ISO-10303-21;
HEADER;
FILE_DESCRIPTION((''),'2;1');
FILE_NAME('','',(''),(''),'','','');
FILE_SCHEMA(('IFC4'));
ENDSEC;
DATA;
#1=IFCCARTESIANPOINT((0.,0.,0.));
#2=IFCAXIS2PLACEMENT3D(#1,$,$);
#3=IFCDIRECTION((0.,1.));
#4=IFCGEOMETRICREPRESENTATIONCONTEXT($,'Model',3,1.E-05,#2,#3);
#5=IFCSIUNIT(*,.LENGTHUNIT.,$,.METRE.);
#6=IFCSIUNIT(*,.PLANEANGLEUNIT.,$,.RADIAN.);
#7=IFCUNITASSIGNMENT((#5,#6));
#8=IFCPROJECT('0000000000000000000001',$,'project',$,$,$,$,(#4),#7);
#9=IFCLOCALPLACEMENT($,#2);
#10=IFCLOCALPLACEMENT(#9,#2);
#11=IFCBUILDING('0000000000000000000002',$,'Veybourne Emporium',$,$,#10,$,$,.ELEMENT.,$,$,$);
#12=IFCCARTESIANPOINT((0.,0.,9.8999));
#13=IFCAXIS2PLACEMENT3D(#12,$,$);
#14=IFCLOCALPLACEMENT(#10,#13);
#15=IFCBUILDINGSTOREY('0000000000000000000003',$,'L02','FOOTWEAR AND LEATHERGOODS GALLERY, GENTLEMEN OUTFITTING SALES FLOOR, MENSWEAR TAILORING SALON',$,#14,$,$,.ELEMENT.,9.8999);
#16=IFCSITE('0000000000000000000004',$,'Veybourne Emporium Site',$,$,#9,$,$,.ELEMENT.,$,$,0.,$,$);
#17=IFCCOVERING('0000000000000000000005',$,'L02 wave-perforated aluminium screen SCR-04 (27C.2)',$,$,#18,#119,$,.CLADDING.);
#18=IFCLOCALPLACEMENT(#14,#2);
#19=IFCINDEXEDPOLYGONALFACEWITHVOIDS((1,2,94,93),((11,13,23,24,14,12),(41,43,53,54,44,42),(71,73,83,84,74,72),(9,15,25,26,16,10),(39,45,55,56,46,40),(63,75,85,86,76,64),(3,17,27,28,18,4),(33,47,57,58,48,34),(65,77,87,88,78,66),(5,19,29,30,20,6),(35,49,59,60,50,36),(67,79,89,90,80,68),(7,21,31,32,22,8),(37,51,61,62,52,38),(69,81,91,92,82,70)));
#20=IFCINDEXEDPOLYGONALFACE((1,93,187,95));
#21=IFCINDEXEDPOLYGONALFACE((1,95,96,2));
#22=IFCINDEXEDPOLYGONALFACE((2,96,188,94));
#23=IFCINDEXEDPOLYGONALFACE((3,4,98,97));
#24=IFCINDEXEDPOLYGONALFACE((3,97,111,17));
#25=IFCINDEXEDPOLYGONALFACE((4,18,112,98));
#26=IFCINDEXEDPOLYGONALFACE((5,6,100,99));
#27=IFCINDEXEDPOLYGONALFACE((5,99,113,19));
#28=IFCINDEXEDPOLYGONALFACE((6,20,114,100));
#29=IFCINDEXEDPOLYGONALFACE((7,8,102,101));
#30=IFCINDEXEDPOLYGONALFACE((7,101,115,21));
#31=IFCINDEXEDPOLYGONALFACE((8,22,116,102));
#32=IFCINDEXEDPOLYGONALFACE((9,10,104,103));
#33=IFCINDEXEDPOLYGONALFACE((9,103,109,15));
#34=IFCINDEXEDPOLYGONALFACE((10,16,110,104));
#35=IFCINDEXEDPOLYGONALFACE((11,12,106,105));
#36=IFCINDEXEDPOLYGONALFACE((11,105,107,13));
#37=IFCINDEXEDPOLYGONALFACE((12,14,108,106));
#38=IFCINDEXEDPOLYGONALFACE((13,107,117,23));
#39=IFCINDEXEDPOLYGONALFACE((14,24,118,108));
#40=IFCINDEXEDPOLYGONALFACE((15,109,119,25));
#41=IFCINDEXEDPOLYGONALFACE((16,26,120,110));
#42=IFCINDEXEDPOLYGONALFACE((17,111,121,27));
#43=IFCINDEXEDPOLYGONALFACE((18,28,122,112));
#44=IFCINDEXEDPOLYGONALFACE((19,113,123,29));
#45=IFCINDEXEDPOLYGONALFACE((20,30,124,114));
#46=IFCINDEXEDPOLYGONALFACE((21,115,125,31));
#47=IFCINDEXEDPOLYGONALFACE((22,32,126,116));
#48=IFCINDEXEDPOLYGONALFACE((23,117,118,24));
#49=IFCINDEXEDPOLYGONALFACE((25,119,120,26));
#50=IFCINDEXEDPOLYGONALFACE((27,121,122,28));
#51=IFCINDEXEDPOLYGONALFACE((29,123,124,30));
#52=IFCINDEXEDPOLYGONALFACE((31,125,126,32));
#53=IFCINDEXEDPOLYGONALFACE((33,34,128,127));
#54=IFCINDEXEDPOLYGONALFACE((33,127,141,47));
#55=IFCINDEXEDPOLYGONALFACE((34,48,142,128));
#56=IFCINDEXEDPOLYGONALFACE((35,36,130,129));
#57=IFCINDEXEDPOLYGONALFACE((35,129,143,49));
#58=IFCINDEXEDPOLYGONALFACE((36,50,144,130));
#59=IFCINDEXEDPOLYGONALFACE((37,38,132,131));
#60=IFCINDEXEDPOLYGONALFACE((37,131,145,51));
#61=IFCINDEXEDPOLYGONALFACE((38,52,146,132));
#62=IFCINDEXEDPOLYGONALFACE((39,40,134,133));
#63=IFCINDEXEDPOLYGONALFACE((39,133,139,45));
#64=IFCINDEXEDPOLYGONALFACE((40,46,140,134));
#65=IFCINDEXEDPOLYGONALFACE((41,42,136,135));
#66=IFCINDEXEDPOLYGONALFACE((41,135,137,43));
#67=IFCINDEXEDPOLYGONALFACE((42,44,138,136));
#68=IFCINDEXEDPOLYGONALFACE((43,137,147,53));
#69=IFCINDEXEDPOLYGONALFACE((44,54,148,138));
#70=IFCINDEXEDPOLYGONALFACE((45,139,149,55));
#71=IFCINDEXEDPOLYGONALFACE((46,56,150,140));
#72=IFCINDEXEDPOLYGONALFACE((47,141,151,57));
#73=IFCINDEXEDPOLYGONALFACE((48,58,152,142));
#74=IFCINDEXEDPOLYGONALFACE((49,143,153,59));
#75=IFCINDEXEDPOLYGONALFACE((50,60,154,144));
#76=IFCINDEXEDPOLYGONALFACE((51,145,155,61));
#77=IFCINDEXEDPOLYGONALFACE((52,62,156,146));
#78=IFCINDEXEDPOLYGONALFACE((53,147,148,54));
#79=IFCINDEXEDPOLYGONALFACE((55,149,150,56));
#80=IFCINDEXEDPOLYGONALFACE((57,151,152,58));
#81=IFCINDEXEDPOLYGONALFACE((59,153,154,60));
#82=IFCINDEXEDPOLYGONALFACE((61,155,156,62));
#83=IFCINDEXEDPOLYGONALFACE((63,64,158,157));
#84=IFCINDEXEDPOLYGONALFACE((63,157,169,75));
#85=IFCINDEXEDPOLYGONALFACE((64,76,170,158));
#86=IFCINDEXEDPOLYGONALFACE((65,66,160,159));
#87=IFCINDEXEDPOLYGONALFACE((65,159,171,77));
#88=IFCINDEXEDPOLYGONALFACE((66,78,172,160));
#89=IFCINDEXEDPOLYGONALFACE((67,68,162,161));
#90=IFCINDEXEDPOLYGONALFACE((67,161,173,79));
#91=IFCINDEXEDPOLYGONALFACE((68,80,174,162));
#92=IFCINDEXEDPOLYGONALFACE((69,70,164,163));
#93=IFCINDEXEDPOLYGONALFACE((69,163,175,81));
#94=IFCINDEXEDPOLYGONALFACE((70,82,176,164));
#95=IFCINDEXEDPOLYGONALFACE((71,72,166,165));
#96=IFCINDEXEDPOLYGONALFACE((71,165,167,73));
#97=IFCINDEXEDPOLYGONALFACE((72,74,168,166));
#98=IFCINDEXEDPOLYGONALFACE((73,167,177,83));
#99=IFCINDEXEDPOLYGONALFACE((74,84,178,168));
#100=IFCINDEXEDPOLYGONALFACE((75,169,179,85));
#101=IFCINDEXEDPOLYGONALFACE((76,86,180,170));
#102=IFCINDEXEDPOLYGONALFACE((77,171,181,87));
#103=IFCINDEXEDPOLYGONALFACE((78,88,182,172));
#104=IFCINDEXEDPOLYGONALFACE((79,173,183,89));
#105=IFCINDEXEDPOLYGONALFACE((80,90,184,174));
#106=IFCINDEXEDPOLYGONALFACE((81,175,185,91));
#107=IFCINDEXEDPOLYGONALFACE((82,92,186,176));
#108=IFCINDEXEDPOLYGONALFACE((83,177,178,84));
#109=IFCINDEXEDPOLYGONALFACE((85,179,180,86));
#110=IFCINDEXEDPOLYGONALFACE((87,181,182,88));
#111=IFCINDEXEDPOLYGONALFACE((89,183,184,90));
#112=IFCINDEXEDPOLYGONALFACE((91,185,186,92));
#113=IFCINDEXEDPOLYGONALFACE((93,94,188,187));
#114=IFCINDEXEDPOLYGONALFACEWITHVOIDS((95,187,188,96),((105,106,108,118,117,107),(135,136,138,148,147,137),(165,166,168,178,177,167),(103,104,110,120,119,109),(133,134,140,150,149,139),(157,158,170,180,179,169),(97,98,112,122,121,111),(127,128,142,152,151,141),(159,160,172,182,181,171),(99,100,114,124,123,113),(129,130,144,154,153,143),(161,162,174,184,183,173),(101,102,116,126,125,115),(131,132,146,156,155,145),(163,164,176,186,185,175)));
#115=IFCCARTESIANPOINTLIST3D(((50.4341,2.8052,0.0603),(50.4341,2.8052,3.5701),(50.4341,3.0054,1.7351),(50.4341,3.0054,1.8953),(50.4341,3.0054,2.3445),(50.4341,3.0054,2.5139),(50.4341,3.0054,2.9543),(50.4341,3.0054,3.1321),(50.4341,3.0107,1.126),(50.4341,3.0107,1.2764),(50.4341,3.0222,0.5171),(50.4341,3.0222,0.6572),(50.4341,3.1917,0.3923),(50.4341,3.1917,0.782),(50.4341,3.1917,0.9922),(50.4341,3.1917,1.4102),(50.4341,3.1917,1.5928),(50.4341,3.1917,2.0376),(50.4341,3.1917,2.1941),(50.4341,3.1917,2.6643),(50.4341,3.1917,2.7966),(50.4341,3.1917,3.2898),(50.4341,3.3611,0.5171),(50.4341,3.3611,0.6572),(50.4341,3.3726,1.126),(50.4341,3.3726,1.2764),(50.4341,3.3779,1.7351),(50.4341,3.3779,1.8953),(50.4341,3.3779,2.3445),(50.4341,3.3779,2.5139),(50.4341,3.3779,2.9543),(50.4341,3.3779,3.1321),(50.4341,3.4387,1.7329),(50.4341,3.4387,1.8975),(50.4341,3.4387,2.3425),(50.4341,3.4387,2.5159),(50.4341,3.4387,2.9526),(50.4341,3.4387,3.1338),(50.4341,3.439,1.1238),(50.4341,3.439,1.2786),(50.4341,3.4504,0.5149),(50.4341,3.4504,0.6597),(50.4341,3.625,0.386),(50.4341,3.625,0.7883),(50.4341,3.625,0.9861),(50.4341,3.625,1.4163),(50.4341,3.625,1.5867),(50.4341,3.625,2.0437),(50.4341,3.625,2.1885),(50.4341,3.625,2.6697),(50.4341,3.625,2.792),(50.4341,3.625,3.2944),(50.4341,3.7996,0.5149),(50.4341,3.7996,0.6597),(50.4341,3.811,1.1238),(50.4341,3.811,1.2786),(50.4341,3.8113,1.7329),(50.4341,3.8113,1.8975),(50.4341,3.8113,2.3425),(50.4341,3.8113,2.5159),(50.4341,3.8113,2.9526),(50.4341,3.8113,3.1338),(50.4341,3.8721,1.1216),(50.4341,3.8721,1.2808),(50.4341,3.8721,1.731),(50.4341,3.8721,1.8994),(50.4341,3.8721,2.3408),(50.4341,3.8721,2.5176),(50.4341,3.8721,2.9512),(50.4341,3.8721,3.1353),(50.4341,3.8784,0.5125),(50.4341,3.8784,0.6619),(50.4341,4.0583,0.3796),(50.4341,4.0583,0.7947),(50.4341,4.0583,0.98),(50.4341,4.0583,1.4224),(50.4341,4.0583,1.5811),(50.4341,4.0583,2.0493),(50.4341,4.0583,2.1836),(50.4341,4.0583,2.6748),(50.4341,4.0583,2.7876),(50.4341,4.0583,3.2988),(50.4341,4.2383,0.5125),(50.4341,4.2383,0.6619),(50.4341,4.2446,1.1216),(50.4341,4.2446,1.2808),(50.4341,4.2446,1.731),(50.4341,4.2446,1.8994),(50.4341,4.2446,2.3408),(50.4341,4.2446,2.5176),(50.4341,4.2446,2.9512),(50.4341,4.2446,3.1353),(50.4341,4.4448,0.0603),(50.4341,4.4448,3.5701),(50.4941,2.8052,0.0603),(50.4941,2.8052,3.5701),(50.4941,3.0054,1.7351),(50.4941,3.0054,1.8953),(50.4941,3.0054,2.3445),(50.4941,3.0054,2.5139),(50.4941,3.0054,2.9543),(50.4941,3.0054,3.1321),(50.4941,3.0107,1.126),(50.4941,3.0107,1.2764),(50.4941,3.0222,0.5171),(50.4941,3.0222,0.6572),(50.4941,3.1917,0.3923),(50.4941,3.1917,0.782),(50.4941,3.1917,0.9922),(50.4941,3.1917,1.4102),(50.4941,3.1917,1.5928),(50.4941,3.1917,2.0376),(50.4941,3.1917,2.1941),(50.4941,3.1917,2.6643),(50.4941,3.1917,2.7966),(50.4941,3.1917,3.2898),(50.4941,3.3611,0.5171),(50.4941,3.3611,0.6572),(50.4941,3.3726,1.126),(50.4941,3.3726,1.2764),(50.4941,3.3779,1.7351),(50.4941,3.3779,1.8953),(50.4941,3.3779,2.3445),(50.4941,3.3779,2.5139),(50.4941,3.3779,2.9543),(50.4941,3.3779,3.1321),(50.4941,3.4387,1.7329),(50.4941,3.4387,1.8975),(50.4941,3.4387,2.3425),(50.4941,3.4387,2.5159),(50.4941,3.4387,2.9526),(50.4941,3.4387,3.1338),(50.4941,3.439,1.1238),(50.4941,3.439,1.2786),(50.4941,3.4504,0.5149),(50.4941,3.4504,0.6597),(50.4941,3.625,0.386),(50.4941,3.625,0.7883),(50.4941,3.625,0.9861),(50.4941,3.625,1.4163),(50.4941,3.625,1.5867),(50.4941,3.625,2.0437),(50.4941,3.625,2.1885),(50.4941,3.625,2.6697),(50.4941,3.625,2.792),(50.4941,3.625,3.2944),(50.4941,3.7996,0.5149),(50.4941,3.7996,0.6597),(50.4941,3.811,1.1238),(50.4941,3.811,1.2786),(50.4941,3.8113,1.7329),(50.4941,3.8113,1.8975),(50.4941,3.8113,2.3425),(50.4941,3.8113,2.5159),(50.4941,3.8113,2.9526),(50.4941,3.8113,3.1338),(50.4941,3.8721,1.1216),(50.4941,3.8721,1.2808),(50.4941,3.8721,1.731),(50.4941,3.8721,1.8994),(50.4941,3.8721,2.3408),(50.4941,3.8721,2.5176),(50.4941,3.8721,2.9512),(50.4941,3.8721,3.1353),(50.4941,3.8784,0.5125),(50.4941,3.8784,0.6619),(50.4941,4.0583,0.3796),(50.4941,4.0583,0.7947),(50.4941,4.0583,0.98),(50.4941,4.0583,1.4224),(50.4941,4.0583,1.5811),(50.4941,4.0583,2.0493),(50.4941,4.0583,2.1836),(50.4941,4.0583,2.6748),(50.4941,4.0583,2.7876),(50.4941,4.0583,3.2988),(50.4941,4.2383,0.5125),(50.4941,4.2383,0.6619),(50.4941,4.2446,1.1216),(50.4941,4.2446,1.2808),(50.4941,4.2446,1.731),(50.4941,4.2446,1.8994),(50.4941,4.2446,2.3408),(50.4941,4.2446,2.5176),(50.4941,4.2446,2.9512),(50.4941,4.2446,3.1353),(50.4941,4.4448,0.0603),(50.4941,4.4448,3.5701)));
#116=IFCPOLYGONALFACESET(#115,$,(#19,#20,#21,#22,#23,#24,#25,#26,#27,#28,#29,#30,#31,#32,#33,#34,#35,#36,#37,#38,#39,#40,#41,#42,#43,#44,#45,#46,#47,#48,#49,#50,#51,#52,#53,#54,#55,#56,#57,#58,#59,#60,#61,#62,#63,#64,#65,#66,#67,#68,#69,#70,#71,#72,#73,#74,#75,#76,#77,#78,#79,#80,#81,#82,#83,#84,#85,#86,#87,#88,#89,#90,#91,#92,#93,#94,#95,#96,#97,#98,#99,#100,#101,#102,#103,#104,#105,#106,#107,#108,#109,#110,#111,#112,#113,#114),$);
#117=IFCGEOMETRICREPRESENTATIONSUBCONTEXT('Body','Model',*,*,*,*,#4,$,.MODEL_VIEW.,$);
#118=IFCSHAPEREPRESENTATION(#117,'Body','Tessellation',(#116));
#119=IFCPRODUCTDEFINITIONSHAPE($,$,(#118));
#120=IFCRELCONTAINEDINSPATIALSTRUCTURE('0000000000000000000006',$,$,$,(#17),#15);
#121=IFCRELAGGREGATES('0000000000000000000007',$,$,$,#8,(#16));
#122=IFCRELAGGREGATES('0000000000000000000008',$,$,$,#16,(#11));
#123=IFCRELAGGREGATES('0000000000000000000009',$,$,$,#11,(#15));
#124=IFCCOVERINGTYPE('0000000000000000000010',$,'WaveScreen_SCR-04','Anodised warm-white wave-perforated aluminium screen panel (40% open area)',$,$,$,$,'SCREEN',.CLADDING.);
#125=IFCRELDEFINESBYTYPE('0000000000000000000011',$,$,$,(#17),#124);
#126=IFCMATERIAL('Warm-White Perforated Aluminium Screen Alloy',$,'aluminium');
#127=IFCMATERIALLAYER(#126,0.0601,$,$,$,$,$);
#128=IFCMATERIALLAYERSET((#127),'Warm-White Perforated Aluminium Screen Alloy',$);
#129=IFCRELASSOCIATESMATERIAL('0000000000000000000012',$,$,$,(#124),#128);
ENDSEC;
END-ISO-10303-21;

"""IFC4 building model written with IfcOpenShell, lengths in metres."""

from ifc_helpers import new_model, si_unit, direction, frame, origin, place, context, subcontext, project, spatial, polyline, outline, extrude, material, layer, layer_set, type_object, element, save


model = new_model("IFC4")

# Units and contexts
model_context = context("Model", 3, precision=1e-05, world=origin(), true_north=direction((0.0, 1.0)))
body_context = subcontext(model_context, "Body", "Model", "MODEL_VIEW")
ifc_project = project(units=[si_unit("LENGTHUNIT", "METRE"), si_unit("PLANEANGLEUNIT", "RADIAN")], contexts=[model_context])

# Site, building, storey
site_placement = place(None, origin())
site = spatial("IfcSite", under=ifc_project, at=site_placement, Name="Veybourne Emporium Site", CompositionType="ELEMENT", RefElevation=0.0)
building_placement = place(site_placement, origin())
building = spatial("IfcBuilding", under=site, at=building_placement, Name="Veybourne Emporium", CompositionType="ELEMENT")
storey_placement = place(building_placement, frame((0.0, 0.0, 9.8999)))
storey = spatial("IfcBuildingStorey", under=building, at=storey_placement, Name="L02", Description="FOOTWEAR AND LEATHERGOODS GALLERY, GENTLEMEN OUTFITTING SALES FLOOR, MENSWEAR TAILORING SALON", CompositionType="ELEMENT", Elevation=9.8999)

# Covering
ifc_material_1 = material(Name="Warm-White Perforated Aluminium Screen Alloy", Category="aluminium")
ifc_layer_1 = layer(ifc_material_1, 0.0601)
ifc_layer_set_1 = layer_set([ifc_layer_1], Name="Warm-White Perforated Aluminium Screen Alloy")
covering_type_1 = type_object("IfcCoveringType", Name="WaveScreen_SCR-04", Description="Anodised warm-white wave-perforated aluminium screen panel (40% open area)", ElementType="SCREEN", PredefinedType="CLADDING", material=ifc_layer_set_1)
covering_1_placement = place(storey_placement, frame((50.4941, 3.625, 1.8152), z_axis=(-1.0, 0.0, 0.0), x_axis=(0.0, -1.0, 0.0)))
element("IfcCovering", 1, at=covering_1_placement, inside=storey, type_object=covering_type_1, Name="L02 wave-perforated aluminium screen SCR-04 (27C.2)", PredefinedType="CLADDING", context=body_context, shape_type="SweptSolid", body=[
    extrude(outline(polyline([(-0.8198, -1.7549), (0.8198, -1.7549), (0.8198, 1.7549), (-0.8198, 1.7549), (-0.8198, -1.7549)]), holes=[polyline([(-0.4333, -1.0205), (-0.2534, -1.1533), (-0.2534, -1.3027), (-0.4333, -1.4355), (-0.6133, -1.3027), (-0.6133, -1.1533), (-0.4333, -1.0205)]), polyline([(-0.4333, -0.3928), (-0.2471, -0.5344), (-0.2471, -0.6936), (-0.4333, -0.8352), (-0.6196, -0.6936), (-0.6196, -0.5344), (-0.4333, -0.3928)]), polyline([(-0.4333, 0.2341), (-0.2471, 0.0842), (-0.2471, -0.0842), (-0.4333, -0.2341), (-0.6196, -0.0842), (-0.6196, 0.0842), (-0.4333, 0.2341)]), polyline([(-0.4333, 0.8596), (-0.2471, 0.7024), (-0.2471, 0.5256), (-0.4333, 0.3684), (-0.6196, 0.5256), (-0.6196, 0.7024), (-0.4333, 0.8596)]), polyline([(-0.4333, 1.4836), (-0.2471, 1.3201), (-0.2471, 1.136), (-0.4333, 0.9724), (-0.6196, 1.136), (-0.6196, 1.3201), (-0.4333, 1.4836)]), polyline([(0.0, -1.0269), (0.1746, -1.1555), (0.1746, -1.3003), (0.0, -1.4292), (-0.1746, -1.3003), (-0.1746, -1.1555), (0.0, -1.0269)]), polyline([(0.0, -0.3989), (0.186, -0.5366), (0.186, -0.6914), (0.0, -0.8291), (-0.186, -0.6914), (-0.186, -0.5366), (0.0, -0.3989)]), polyline([(0.0, 0.2285), (0.1863, 0.0823), (0.1863, -0.0823), (0.0, -0.2285), (-0.1863, -0.0823), (-0.1863, 0.0823), (0.0, 0.2285)]), polyline([(0.0, 0.8545), (0.1863, 0.7007), (0.1863, 0.5273), (0.0, 0.3733), (-0.1863, 0.5273), (-0.1863, 0.7007), (0.0, 0.8545)]), polyline([(0.0, 1.4792), (0.1863, 1.3186), (0.1863, 1.1375), (0.0, 0.9768), (-0.1863, 1.1375), (-0.1863, 1.3186), (0.0, 1.4792)]), polyline([(0.4333, -1.0332), (0.6028, -1.158), (0.6028, -1.2981), (0.4333, -1.4229), (0.2639, -1.2981), (0.2639, -1.158), (0.4333, -1.0332)]), polyline([(0.4333, -0.405), (0.6143, -0.5388), (0.6143, -0.6892), (0.4333, -0.823), (0.2524, -0.6892), (0.2524, -0.5388), (0.4333, -0.405)]), polyline([(0.4333, 0.2224), (0.6196, 0.0801), (0.6196, -0.0801), (0.4333, -0.2224), (0.2471, -0.0801), (0.2471, 0.0801), (0.4333, 0.2224)]), polyline([(0.4333, 0.8491), (0.6196, 0.6987), (0.6196, 0.5293), (0.4333, 0.3789), (0.2471, 0.5293), (0.2471, 0.6987), (0.4333, 0.8491)]), polyline([(0.4333, 1.4746), (0.6196, 1.3169), (0.6196, 1.1392), (0.4333, 0.9814), (0.2471, 1.1392), (0.2471, 1.3169), (0.4333, 1.4746)])]), origin(), (0.0, 0.0, 1.0), 0.0601),
])

save(model, "model.ifc")
